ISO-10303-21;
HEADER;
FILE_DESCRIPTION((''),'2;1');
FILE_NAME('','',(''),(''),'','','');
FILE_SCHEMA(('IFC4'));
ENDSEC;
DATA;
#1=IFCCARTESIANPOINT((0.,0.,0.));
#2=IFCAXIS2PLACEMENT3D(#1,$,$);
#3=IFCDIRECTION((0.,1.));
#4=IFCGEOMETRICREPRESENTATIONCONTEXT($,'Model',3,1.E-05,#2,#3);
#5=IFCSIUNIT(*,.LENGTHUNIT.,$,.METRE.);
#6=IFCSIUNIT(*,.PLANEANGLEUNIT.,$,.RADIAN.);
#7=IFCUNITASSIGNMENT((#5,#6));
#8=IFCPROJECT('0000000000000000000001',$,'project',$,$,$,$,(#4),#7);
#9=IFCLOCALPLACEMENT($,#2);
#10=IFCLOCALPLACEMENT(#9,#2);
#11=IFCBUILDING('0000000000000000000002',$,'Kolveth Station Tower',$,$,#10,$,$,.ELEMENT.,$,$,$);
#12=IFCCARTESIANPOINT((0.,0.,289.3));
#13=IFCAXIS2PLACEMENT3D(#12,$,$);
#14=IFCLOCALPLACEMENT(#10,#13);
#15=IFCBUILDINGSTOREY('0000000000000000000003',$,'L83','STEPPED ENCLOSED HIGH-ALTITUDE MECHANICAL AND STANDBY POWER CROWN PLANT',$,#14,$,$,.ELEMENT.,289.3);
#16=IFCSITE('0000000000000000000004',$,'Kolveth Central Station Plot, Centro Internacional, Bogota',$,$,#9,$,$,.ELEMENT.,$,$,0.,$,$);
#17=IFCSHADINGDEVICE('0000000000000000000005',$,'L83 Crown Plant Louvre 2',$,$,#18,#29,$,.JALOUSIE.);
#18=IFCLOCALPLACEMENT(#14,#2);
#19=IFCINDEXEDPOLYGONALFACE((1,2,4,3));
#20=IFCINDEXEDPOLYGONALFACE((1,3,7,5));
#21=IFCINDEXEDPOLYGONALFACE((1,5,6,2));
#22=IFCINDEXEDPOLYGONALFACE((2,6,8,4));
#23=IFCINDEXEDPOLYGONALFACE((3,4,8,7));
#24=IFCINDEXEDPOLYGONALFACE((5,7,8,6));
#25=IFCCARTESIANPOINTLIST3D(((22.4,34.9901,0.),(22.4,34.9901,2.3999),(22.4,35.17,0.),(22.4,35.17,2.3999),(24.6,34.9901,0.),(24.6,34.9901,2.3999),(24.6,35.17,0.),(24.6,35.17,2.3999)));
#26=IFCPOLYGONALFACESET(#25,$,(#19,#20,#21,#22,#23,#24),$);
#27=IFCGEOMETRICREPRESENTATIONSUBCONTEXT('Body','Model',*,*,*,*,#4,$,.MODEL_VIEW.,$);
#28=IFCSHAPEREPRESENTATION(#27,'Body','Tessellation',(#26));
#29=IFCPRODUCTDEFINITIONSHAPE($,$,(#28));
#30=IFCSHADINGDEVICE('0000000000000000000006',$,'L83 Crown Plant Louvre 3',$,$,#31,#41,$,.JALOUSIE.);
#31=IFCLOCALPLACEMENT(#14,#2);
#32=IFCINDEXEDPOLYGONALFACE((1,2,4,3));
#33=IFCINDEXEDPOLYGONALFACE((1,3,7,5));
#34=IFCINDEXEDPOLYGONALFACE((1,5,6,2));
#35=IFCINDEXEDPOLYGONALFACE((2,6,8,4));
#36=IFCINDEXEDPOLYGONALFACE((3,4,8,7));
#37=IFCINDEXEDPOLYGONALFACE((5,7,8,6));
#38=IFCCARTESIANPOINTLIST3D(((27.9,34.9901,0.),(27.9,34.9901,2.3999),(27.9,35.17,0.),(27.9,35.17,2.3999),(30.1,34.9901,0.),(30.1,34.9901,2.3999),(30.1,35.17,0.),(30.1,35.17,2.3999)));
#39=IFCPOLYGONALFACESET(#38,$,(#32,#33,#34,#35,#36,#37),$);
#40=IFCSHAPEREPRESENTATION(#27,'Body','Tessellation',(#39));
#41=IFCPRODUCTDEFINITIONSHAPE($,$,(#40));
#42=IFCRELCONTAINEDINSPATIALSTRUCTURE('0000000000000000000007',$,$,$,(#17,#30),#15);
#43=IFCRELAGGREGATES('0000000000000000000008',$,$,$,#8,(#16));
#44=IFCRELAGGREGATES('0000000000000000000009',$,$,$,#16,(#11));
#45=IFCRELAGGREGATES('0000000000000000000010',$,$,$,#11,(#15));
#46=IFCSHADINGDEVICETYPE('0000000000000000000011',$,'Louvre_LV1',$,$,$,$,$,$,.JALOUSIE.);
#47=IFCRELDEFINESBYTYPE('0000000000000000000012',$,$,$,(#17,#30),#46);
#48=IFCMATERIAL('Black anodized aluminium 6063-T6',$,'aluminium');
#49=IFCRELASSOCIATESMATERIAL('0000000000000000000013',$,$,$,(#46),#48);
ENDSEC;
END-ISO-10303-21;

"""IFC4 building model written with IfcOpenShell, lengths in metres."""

from ifc_helpers import new_model, si_unit, direction, frame, origin, origin_2d, place, context, subcontext, project, spatial, rectangle, extrude, source, transform, mapped, material, type_object, element, save


model = new_model("IFC4")

# Units and contexts
model_context = context("Model", 3, precision=1e-05, world=origin(), true_north=direction((0.0, 1.0)))
body_context = subcontext(model_context, "Body", "Model", "MODEL_VIEW")
ifc_project = project(units=[si_unit("LENGTHUNIT", "METRE"), si_unit("PLANEANGLEUNIT", "RADIAN")], contexts=[model_context])

# Site, building, storey
site_placement = place(None, origin())
site = spatial("IfcSite", under=ifc_project, at=site_placement, Name="Kolveth Central Station Plot, Centro Internacional, Bogota", CompositionType="ELEMENT", RefElevation=0.0)
building_placement = place(site_placement, origin())
building = spatial("IfcBuilding", under=site, at=building_placement, Name="Kolveth Station Tower", CompositionType="ELEMENT")
storey_placement = place(building_placement, frame((0.0, 0.0, 289.3)))
storey = spatial("IfcBuildingStorey", under=building, at=storey_placement, Name="L83", Description="STEPPED ENCLOSED HIGH-ALTITUDE MECHANICAL AND STANDBY POWER CROWN PLANT", CompositionType="ELEMENT", Elevation=289.3)

# Shared definitions
ifc_material_1 = material(Name="Black anodized aluminium 6063-T6", Category="aluminium")

# Shading devices
shading_device_type = type_object("IfcShadingDeviceType", Name="Louvre_LV1", PredefinedType="JALOUSIE", material=ifc_material_1)
shared_shape_1 = source(origin(), body_context, "Body", "SweptSolid", [
    extrude(rectangle(XDim=2.2, YDim=0.1799, at=origin_2d()), origin(), (0.0, 0.0, 1.0), 2.3999),
])
for number, where, z_axis, x_axis, name in (
    (1, (23.5, 35.0801, 0.0), (0.0, 0.0, 1.0), (1.0, 0.0, 0.0), "L83 Crown Plant Louvre 2"),
    (2, (29.0, 35.0801, 0.0), (0.0, 0.0, 1.0), (1.0, 0.0, 0.0), "L83 Crown Plant Louvre 3"),
):
    element("IfcShadingDevice", number, at=place(storey_placement, frame(where, z_axis=z_axis, x_axis=x_axis)), inside=storey, type_object=shading_device_type, Name=name, PredefinedType="JALOUSIE", context=body_context, shape_type="MappedRepresentation", body=[
        mapped(shared_shape_1, transform((0.0, 0.0, 0.0), x_axis=(1.0, 0.0, 0.0), y_axis=(0.0, 1.0, 0.0), z_axis=(0.0, 0.0, 1.0), scale=1.0)),
    ])

save(model, "model.ifc")
